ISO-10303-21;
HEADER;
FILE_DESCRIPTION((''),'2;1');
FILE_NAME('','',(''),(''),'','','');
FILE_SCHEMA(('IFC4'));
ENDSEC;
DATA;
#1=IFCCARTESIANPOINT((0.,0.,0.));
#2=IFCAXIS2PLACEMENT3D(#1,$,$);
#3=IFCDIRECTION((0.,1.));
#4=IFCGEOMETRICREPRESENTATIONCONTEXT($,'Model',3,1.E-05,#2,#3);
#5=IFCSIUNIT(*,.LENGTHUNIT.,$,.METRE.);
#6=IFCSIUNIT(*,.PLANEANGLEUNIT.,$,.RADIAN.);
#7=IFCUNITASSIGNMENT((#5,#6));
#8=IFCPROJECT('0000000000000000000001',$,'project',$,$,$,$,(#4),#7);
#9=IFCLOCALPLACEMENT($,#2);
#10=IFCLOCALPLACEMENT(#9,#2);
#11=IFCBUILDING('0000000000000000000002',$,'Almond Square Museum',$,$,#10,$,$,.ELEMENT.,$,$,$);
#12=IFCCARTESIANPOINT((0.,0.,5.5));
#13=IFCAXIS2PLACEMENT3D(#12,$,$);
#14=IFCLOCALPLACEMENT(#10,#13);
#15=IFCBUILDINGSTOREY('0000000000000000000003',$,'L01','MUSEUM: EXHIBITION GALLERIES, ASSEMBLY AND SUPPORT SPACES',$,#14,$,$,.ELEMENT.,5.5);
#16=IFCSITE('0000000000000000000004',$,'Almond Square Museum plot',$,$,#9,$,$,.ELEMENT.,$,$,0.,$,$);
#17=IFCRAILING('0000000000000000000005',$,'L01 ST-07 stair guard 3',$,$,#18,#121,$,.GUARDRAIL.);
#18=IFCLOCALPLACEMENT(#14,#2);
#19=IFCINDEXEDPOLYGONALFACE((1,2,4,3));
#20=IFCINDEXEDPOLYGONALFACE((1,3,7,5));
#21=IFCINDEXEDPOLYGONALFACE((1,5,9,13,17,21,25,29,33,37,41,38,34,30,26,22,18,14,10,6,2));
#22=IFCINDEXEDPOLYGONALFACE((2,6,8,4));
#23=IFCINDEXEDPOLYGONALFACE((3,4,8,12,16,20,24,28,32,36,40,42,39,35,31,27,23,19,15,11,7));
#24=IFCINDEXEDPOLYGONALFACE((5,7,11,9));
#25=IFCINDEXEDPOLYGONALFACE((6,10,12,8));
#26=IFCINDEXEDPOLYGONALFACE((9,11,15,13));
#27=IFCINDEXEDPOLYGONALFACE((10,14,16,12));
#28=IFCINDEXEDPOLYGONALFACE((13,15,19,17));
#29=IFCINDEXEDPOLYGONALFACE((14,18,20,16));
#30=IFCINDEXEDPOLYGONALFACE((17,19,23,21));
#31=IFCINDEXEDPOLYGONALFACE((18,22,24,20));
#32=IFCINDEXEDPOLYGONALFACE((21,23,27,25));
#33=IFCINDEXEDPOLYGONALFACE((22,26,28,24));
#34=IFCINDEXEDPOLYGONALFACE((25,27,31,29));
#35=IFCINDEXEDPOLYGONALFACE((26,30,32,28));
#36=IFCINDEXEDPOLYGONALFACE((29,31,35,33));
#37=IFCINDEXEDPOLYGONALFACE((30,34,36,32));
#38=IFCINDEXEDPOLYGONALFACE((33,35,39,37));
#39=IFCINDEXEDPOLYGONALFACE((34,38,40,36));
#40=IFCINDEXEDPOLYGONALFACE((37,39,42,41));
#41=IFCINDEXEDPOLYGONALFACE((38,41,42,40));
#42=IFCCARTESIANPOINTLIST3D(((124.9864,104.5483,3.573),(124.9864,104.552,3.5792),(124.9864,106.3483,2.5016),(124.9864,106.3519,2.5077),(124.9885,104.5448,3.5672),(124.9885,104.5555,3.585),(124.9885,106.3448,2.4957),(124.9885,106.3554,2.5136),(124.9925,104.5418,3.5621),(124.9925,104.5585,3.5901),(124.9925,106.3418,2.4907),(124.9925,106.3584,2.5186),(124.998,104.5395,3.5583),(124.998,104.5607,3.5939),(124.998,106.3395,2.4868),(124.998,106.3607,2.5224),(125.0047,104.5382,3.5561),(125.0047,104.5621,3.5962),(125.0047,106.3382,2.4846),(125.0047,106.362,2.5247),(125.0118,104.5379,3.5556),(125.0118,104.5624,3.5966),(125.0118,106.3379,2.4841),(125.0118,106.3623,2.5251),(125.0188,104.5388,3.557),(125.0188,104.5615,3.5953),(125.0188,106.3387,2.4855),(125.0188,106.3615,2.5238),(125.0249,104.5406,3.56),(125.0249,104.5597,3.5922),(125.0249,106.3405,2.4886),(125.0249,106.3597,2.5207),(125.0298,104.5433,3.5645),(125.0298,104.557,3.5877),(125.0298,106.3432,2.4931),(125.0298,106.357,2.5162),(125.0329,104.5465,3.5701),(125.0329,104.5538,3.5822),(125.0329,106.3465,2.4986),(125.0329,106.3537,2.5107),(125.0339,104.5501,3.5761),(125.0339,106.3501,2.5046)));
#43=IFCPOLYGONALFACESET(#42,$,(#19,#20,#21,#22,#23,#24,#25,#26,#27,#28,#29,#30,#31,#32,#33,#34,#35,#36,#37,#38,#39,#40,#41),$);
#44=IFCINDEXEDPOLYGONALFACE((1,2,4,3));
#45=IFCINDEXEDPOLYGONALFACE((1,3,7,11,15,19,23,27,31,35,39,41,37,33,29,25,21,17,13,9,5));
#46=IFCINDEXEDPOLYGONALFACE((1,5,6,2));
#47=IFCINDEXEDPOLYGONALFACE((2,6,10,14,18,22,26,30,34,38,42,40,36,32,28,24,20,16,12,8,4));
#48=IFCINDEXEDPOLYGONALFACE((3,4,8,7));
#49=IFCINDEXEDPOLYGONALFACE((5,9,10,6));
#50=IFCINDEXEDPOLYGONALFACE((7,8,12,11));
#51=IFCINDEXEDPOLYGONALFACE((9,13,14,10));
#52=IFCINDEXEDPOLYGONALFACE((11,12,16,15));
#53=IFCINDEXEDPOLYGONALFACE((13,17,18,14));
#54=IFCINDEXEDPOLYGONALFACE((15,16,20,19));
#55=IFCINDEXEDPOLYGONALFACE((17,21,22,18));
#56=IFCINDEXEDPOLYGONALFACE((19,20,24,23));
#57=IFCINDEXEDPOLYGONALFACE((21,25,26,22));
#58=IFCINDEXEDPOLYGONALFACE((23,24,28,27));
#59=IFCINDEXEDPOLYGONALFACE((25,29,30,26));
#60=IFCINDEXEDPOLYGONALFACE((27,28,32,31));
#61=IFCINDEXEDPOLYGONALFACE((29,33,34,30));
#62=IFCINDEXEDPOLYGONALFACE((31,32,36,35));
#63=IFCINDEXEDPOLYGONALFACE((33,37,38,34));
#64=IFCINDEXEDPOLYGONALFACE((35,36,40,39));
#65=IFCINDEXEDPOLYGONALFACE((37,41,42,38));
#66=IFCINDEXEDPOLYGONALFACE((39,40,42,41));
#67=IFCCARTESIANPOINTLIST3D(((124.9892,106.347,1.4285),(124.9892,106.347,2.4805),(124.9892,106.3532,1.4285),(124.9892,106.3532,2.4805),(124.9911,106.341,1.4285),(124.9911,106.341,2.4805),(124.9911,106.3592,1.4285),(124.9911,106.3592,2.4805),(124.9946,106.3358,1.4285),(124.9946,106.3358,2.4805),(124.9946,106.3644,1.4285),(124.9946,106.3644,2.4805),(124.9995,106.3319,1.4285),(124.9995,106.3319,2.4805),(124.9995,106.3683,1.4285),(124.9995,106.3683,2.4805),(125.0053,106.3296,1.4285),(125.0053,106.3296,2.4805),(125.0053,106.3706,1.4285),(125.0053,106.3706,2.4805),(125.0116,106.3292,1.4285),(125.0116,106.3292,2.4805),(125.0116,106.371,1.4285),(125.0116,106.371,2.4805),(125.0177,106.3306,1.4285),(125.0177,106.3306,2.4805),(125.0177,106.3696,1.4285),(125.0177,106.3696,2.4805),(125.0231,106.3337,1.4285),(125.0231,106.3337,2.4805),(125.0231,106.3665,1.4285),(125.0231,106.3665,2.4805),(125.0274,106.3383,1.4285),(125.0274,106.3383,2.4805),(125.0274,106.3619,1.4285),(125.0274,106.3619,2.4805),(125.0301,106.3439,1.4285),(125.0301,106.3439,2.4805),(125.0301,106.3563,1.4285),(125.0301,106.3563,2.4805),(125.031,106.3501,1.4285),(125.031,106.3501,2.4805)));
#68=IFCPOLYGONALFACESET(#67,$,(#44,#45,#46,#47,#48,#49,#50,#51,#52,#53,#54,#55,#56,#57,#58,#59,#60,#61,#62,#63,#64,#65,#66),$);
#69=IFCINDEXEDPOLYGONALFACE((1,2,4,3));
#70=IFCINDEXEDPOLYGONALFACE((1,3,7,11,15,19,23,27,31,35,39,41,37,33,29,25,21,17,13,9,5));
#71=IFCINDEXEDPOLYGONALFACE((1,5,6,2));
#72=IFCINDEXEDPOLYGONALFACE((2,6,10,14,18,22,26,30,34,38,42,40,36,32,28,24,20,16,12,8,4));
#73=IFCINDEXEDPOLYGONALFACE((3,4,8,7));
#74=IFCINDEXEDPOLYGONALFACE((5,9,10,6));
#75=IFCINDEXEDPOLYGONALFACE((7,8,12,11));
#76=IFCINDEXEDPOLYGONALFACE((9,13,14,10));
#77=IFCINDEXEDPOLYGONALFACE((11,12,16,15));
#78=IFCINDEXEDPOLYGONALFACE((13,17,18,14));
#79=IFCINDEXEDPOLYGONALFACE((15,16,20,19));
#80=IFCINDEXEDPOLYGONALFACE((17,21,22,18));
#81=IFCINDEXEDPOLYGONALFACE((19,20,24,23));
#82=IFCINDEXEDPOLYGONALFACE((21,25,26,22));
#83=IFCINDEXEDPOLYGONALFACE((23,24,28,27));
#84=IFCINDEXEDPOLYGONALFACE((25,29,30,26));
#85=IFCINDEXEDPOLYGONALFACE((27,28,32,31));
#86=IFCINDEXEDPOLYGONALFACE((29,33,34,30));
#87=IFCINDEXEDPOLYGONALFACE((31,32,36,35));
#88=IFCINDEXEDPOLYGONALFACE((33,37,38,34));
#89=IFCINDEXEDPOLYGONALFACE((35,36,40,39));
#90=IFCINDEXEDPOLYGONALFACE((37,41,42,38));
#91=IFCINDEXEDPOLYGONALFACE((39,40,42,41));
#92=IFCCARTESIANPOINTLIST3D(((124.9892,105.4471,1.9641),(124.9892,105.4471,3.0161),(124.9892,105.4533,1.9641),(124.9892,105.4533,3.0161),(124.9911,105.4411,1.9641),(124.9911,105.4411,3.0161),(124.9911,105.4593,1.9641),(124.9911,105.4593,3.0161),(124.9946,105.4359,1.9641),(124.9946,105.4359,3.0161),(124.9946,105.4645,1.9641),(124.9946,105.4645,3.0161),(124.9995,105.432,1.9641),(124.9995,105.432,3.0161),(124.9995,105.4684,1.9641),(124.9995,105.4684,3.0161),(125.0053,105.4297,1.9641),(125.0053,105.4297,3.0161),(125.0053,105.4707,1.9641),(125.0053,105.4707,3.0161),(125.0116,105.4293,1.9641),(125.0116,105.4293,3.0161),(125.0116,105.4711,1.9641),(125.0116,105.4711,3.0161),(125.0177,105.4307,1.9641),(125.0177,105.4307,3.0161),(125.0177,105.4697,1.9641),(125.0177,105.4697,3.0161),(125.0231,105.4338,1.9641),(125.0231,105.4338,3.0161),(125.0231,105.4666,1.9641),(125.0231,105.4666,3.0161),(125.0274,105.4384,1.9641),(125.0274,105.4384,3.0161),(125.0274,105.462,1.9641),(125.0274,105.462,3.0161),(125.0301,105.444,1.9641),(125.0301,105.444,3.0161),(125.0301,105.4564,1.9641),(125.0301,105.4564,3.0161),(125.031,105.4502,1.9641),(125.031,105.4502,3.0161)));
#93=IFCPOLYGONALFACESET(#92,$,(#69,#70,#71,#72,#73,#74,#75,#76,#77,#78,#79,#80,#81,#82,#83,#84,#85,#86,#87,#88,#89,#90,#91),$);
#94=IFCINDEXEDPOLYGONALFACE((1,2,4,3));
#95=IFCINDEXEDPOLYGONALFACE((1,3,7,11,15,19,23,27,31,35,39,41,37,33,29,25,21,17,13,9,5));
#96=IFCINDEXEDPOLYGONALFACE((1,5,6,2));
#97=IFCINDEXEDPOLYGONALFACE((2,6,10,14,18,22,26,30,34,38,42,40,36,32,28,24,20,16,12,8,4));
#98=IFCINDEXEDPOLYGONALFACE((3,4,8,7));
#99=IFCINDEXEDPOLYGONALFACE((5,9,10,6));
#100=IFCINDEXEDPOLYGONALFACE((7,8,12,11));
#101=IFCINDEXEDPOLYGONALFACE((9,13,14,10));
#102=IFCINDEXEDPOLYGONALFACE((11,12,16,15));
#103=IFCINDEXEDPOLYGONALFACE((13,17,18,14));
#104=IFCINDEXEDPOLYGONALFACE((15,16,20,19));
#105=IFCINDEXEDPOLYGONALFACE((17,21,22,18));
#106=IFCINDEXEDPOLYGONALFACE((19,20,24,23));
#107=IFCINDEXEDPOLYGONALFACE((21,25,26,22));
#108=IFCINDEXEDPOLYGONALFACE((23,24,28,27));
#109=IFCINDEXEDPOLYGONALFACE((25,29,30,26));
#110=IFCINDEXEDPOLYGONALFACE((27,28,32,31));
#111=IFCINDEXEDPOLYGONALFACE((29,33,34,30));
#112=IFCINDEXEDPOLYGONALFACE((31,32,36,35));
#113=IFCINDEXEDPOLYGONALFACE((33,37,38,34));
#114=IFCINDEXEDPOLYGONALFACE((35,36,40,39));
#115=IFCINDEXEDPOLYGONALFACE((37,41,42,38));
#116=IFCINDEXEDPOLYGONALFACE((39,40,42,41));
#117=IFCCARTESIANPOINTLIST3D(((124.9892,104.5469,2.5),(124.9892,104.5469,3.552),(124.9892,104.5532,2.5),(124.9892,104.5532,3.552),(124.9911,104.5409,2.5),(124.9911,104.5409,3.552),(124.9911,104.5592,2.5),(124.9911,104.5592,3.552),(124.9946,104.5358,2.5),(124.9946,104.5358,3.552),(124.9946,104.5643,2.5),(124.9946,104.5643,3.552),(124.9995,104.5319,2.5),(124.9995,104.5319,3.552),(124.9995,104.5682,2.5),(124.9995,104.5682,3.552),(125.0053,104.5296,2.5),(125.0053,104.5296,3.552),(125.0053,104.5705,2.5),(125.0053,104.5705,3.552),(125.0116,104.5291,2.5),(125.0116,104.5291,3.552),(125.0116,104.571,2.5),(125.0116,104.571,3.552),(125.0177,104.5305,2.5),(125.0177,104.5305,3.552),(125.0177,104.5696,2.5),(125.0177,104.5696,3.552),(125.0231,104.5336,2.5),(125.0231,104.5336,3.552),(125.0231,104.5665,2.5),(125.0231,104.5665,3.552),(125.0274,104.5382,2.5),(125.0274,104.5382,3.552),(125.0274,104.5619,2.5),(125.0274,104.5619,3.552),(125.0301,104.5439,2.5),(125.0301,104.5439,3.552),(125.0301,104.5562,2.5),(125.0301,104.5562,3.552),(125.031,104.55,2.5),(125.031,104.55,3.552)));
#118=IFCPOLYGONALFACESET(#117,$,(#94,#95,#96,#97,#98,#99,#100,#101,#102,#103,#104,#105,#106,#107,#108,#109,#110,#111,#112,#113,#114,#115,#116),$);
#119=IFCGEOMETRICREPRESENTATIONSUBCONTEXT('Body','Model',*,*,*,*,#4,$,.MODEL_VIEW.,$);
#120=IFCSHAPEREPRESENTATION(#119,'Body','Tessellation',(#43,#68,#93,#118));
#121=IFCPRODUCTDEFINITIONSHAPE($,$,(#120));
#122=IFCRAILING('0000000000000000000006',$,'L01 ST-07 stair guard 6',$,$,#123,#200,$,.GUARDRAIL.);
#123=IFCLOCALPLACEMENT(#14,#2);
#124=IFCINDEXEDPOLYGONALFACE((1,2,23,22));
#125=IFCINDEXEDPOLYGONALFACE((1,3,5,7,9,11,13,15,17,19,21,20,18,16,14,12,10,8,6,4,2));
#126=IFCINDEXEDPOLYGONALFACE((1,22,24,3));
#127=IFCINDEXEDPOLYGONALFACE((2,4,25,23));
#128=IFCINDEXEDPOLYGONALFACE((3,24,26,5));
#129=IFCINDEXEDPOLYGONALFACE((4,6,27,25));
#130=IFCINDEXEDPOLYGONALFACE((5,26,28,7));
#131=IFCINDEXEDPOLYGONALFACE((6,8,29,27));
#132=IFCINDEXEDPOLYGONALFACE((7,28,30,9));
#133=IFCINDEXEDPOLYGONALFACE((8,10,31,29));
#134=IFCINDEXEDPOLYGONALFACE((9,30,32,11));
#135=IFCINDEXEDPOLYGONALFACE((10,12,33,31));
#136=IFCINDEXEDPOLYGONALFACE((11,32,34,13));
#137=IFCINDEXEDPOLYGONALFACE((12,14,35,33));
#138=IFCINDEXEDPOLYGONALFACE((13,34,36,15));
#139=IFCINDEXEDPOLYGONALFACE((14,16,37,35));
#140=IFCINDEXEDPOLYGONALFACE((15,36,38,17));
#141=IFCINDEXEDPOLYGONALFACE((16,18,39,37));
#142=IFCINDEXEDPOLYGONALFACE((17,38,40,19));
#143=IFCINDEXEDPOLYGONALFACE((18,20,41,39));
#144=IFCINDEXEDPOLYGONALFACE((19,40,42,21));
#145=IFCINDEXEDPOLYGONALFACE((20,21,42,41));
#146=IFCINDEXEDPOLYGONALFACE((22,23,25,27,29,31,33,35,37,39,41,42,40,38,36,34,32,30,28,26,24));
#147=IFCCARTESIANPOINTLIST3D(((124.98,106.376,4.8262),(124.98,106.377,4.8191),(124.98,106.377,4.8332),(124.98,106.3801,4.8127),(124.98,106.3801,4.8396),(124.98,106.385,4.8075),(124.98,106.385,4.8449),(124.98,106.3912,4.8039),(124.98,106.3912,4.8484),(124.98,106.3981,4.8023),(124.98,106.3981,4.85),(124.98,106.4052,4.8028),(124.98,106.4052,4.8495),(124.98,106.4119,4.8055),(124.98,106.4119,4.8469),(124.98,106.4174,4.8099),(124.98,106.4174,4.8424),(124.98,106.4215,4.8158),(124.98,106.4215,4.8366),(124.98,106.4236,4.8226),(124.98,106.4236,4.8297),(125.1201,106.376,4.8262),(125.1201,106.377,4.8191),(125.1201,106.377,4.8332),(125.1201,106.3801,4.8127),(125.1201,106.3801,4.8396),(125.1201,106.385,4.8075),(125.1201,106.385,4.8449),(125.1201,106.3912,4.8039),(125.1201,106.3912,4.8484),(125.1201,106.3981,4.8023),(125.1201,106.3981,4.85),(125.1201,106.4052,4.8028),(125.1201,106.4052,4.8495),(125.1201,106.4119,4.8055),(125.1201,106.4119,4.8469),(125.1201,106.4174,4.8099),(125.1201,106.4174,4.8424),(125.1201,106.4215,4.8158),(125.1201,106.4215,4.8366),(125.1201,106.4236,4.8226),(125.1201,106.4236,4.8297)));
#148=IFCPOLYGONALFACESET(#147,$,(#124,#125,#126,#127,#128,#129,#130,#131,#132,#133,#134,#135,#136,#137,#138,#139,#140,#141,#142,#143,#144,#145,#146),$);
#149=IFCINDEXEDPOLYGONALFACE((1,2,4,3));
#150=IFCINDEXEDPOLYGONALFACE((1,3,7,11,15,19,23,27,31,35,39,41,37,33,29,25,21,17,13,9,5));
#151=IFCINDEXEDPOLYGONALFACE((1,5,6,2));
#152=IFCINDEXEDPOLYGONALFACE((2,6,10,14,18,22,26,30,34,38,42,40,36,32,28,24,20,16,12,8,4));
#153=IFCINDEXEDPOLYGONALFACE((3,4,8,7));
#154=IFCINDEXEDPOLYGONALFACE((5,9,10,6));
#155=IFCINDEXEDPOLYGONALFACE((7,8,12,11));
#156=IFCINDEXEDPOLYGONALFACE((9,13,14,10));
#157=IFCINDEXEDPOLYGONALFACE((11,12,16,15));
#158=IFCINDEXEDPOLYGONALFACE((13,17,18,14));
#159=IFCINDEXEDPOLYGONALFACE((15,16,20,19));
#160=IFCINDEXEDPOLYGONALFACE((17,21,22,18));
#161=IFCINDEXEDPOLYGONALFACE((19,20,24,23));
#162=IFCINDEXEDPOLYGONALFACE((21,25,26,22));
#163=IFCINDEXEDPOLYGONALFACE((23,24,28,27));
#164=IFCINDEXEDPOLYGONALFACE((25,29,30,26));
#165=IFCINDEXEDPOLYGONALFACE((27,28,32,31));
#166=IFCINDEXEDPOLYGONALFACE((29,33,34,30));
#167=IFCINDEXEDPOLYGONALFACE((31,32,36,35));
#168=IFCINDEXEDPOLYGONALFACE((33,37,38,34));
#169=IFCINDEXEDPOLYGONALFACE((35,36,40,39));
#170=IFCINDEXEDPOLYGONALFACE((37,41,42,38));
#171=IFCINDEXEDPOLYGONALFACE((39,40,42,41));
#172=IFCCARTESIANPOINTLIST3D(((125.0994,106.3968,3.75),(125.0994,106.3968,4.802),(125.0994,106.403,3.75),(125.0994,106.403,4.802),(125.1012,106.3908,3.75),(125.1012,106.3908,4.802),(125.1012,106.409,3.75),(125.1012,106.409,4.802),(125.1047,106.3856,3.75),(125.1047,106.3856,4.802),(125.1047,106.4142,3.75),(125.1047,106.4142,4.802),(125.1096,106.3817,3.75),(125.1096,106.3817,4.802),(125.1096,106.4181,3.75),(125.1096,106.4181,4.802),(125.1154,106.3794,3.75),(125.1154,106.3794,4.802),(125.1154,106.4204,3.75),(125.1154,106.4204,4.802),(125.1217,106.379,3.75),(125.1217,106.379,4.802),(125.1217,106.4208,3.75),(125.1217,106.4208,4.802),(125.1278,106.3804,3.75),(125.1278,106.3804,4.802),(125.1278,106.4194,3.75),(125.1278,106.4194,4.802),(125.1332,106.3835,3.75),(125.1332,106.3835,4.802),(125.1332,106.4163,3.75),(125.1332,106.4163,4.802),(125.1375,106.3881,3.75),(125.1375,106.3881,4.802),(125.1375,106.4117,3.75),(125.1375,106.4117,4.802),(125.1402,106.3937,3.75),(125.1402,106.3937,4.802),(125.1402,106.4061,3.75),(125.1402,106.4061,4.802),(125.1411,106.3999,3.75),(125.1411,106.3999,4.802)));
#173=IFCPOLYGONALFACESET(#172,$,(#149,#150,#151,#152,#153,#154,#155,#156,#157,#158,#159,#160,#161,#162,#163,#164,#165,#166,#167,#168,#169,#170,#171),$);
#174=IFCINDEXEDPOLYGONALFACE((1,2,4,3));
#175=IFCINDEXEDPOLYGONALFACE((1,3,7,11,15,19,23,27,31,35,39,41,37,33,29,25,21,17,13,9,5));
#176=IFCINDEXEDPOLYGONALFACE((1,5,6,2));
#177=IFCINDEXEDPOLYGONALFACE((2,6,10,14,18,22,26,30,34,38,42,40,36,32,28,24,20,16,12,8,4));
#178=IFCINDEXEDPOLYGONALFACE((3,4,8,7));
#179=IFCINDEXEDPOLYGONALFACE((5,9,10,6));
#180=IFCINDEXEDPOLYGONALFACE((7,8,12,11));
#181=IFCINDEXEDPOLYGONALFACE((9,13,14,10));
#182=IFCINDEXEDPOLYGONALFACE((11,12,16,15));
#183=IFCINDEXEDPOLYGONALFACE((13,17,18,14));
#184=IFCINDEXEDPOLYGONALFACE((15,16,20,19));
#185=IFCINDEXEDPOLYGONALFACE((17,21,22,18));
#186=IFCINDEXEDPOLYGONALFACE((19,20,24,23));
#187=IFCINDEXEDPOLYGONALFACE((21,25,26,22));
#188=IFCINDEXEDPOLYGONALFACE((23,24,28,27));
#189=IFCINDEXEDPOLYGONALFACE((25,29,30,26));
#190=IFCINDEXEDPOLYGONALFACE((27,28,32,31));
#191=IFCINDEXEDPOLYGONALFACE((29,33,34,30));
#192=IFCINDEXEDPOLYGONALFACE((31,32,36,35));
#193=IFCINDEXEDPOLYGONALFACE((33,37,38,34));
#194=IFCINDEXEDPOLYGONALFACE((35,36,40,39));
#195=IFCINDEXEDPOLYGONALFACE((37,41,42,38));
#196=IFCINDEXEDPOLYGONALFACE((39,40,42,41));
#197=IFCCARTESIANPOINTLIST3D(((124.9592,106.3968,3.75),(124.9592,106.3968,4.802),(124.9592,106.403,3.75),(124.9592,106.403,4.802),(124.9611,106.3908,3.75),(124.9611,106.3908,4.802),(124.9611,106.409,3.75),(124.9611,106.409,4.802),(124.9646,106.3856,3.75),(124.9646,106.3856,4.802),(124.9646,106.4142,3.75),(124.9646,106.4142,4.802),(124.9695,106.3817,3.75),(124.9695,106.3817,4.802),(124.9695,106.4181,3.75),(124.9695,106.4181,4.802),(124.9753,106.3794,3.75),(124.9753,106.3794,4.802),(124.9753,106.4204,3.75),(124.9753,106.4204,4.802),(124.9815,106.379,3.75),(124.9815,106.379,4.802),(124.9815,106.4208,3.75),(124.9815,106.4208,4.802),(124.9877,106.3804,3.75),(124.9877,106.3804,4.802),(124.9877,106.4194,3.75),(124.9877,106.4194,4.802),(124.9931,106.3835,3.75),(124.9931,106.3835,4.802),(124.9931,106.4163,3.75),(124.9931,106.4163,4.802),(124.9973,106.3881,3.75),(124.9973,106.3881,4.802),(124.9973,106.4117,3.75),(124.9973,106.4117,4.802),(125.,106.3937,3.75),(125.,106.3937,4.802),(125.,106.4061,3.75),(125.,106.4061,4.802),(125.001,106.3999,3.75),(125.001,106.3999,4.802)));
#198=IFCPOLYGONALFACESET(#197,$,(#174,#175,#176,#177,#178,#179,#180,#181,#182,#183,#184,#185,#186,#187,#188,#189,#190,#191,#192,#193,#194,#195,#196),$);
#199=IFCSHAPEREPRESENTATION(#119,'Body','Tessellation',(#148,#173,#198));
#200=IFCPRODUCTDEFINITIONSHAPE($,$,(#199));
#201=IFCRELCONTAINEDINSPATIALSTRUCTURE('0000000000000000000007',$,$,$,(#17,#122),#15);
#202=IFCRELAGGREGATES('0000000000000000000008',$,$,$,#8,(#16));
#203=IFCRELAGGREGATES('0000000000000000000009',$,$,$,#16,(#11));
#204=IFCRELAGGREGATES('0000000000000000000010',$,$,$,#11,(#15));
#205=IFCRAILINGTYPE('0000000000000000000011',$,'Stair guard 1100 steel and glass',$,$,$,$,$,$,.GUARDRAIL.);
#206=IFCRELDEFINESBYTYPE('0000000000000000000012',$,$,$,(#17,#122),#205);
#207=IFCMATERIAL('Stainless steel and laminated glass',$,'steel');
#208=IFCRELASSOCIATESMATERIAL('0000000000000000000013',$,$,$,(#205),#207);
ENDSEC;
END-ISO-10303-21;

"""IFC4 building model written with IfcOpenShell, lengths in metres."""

from ifc_helpers import new_model, si_unit, direction, frame, origin, origin_2d, place, context, subcontext, project, spatial, circle, extrude, material, type_object, element, save


model = new_model("IFC4")

# Units and contexts
model_context = context("Model", 3, precision=1e-05, world=origin(), true_north=direction((0.0, 1.0)))
body_context = subcontext(model_context, "Body", "Model", "MODEL_VIEW")
ifc_project = project(units=[si_unit("LENGTHUNIT", "METRE"), si_unit("PLANEANGLEUNIT", "RADIAN")], contexts=[model_context])

# Site, building, storey
site_placement = place(None, origin())
site = spatial("IfcSite", under=ifc_project, at=site_placement, Name="Almond Square Museum plot", CompositionType="ELEMENT", RefElevation=0.0)
building_placement = place(site_placement, origin())
building = spatial("IfcBuilding", under=site, at=building_placement, Name="Almond Square Museum", CompositionType="ELEMENT")
storey_placement = place(building_placement, frame((0.0, 0.0, 5.5)))
storey = spatial("IfcBuildingStorey", under=building, at=storey_placement, Name="L01", Description="MUSEUM: EXHIBITION GALLERIES, ASSEMBLY AND SUPPORT SPACES", CompositionType="ELEMENT", Elevation=5.5)

# Railings
ifc_material_1 = material(Name="Stainless steel and laminated glass", Category="steel")
railing_type_1 = type_object("IfcRailingType", Name="Stair guard 1100 steel and glass", PredefinedType="GUARDRAIL", material=ifc_material_1)
railing_1_placement = place(storey_placement, frame((125.01, 106.3501, 1.4285)))
element("IfcRailing", 1, at=railing_1_placement, inside=storey, type_object=railing_type_1, Name="L01 ST-07 stair guard 3", PredefinedType="GUARDRAIL", context=body_context, shape_type="SweptSolid", body=[
    extrude(circle(Radius=0.0239, at=origin_2d()), frame((0.0, 0.0, 1.0762), z_axis=(0.0, -0.859277, 0.51151), x_axis=(1.0, 0.0, 0.0)), (0.0, 0.0, 1.0), 2.0947),
    extrude(circle(Radius=0.021, at=origin_2d()), origin(), (0.0, 0.0, 1.0), 1.052),
    extrude(circle(Radius=0.021, at=origin_2d()), frame((0.0, -0.8999, 0.5356)), (0.0, 0.0, 1.0), 1.052),
    extrude(circle(Radius=0.021, at=origin_2d()), frame((0.0, -1.8, 1.0715)), (0.0, 0.0, 1.0), 1.052),
])
railing_2_placement = place(storey_placement, frame((125.1201, 106.3999, 3.75)))
element("IfcRailing", 2, at=railing_2_placement, inside=storey, type_object=railing_type_1, Name="L01 ST-07 stair guard 6", PredefinedType="GUARDRAIL", context=body_context, shape_type="SweptSolid", body=[
    extrude(circle(Radius=0.0239, at=origin_2d()), frame((0.0, 0.0, 1.0762), z_axis=(-1.0, 0.0, 0.0), x_axis=(0.0, -1.0, 0.0)), (0.0, 0.0, 1.0), 0.1401),
    extrude(circle(Radius=0.021, at=origin_2d()), origin(), (0.0, 0.0, 1.0), 1.052),
    extrude(circle(Radius=0.021, at=origin_2d()), frame((-0.1401, 0.0, 0.0)), (0.0, 0.0, 1.0), 1.052),
])

save(model, "model.ifc")
